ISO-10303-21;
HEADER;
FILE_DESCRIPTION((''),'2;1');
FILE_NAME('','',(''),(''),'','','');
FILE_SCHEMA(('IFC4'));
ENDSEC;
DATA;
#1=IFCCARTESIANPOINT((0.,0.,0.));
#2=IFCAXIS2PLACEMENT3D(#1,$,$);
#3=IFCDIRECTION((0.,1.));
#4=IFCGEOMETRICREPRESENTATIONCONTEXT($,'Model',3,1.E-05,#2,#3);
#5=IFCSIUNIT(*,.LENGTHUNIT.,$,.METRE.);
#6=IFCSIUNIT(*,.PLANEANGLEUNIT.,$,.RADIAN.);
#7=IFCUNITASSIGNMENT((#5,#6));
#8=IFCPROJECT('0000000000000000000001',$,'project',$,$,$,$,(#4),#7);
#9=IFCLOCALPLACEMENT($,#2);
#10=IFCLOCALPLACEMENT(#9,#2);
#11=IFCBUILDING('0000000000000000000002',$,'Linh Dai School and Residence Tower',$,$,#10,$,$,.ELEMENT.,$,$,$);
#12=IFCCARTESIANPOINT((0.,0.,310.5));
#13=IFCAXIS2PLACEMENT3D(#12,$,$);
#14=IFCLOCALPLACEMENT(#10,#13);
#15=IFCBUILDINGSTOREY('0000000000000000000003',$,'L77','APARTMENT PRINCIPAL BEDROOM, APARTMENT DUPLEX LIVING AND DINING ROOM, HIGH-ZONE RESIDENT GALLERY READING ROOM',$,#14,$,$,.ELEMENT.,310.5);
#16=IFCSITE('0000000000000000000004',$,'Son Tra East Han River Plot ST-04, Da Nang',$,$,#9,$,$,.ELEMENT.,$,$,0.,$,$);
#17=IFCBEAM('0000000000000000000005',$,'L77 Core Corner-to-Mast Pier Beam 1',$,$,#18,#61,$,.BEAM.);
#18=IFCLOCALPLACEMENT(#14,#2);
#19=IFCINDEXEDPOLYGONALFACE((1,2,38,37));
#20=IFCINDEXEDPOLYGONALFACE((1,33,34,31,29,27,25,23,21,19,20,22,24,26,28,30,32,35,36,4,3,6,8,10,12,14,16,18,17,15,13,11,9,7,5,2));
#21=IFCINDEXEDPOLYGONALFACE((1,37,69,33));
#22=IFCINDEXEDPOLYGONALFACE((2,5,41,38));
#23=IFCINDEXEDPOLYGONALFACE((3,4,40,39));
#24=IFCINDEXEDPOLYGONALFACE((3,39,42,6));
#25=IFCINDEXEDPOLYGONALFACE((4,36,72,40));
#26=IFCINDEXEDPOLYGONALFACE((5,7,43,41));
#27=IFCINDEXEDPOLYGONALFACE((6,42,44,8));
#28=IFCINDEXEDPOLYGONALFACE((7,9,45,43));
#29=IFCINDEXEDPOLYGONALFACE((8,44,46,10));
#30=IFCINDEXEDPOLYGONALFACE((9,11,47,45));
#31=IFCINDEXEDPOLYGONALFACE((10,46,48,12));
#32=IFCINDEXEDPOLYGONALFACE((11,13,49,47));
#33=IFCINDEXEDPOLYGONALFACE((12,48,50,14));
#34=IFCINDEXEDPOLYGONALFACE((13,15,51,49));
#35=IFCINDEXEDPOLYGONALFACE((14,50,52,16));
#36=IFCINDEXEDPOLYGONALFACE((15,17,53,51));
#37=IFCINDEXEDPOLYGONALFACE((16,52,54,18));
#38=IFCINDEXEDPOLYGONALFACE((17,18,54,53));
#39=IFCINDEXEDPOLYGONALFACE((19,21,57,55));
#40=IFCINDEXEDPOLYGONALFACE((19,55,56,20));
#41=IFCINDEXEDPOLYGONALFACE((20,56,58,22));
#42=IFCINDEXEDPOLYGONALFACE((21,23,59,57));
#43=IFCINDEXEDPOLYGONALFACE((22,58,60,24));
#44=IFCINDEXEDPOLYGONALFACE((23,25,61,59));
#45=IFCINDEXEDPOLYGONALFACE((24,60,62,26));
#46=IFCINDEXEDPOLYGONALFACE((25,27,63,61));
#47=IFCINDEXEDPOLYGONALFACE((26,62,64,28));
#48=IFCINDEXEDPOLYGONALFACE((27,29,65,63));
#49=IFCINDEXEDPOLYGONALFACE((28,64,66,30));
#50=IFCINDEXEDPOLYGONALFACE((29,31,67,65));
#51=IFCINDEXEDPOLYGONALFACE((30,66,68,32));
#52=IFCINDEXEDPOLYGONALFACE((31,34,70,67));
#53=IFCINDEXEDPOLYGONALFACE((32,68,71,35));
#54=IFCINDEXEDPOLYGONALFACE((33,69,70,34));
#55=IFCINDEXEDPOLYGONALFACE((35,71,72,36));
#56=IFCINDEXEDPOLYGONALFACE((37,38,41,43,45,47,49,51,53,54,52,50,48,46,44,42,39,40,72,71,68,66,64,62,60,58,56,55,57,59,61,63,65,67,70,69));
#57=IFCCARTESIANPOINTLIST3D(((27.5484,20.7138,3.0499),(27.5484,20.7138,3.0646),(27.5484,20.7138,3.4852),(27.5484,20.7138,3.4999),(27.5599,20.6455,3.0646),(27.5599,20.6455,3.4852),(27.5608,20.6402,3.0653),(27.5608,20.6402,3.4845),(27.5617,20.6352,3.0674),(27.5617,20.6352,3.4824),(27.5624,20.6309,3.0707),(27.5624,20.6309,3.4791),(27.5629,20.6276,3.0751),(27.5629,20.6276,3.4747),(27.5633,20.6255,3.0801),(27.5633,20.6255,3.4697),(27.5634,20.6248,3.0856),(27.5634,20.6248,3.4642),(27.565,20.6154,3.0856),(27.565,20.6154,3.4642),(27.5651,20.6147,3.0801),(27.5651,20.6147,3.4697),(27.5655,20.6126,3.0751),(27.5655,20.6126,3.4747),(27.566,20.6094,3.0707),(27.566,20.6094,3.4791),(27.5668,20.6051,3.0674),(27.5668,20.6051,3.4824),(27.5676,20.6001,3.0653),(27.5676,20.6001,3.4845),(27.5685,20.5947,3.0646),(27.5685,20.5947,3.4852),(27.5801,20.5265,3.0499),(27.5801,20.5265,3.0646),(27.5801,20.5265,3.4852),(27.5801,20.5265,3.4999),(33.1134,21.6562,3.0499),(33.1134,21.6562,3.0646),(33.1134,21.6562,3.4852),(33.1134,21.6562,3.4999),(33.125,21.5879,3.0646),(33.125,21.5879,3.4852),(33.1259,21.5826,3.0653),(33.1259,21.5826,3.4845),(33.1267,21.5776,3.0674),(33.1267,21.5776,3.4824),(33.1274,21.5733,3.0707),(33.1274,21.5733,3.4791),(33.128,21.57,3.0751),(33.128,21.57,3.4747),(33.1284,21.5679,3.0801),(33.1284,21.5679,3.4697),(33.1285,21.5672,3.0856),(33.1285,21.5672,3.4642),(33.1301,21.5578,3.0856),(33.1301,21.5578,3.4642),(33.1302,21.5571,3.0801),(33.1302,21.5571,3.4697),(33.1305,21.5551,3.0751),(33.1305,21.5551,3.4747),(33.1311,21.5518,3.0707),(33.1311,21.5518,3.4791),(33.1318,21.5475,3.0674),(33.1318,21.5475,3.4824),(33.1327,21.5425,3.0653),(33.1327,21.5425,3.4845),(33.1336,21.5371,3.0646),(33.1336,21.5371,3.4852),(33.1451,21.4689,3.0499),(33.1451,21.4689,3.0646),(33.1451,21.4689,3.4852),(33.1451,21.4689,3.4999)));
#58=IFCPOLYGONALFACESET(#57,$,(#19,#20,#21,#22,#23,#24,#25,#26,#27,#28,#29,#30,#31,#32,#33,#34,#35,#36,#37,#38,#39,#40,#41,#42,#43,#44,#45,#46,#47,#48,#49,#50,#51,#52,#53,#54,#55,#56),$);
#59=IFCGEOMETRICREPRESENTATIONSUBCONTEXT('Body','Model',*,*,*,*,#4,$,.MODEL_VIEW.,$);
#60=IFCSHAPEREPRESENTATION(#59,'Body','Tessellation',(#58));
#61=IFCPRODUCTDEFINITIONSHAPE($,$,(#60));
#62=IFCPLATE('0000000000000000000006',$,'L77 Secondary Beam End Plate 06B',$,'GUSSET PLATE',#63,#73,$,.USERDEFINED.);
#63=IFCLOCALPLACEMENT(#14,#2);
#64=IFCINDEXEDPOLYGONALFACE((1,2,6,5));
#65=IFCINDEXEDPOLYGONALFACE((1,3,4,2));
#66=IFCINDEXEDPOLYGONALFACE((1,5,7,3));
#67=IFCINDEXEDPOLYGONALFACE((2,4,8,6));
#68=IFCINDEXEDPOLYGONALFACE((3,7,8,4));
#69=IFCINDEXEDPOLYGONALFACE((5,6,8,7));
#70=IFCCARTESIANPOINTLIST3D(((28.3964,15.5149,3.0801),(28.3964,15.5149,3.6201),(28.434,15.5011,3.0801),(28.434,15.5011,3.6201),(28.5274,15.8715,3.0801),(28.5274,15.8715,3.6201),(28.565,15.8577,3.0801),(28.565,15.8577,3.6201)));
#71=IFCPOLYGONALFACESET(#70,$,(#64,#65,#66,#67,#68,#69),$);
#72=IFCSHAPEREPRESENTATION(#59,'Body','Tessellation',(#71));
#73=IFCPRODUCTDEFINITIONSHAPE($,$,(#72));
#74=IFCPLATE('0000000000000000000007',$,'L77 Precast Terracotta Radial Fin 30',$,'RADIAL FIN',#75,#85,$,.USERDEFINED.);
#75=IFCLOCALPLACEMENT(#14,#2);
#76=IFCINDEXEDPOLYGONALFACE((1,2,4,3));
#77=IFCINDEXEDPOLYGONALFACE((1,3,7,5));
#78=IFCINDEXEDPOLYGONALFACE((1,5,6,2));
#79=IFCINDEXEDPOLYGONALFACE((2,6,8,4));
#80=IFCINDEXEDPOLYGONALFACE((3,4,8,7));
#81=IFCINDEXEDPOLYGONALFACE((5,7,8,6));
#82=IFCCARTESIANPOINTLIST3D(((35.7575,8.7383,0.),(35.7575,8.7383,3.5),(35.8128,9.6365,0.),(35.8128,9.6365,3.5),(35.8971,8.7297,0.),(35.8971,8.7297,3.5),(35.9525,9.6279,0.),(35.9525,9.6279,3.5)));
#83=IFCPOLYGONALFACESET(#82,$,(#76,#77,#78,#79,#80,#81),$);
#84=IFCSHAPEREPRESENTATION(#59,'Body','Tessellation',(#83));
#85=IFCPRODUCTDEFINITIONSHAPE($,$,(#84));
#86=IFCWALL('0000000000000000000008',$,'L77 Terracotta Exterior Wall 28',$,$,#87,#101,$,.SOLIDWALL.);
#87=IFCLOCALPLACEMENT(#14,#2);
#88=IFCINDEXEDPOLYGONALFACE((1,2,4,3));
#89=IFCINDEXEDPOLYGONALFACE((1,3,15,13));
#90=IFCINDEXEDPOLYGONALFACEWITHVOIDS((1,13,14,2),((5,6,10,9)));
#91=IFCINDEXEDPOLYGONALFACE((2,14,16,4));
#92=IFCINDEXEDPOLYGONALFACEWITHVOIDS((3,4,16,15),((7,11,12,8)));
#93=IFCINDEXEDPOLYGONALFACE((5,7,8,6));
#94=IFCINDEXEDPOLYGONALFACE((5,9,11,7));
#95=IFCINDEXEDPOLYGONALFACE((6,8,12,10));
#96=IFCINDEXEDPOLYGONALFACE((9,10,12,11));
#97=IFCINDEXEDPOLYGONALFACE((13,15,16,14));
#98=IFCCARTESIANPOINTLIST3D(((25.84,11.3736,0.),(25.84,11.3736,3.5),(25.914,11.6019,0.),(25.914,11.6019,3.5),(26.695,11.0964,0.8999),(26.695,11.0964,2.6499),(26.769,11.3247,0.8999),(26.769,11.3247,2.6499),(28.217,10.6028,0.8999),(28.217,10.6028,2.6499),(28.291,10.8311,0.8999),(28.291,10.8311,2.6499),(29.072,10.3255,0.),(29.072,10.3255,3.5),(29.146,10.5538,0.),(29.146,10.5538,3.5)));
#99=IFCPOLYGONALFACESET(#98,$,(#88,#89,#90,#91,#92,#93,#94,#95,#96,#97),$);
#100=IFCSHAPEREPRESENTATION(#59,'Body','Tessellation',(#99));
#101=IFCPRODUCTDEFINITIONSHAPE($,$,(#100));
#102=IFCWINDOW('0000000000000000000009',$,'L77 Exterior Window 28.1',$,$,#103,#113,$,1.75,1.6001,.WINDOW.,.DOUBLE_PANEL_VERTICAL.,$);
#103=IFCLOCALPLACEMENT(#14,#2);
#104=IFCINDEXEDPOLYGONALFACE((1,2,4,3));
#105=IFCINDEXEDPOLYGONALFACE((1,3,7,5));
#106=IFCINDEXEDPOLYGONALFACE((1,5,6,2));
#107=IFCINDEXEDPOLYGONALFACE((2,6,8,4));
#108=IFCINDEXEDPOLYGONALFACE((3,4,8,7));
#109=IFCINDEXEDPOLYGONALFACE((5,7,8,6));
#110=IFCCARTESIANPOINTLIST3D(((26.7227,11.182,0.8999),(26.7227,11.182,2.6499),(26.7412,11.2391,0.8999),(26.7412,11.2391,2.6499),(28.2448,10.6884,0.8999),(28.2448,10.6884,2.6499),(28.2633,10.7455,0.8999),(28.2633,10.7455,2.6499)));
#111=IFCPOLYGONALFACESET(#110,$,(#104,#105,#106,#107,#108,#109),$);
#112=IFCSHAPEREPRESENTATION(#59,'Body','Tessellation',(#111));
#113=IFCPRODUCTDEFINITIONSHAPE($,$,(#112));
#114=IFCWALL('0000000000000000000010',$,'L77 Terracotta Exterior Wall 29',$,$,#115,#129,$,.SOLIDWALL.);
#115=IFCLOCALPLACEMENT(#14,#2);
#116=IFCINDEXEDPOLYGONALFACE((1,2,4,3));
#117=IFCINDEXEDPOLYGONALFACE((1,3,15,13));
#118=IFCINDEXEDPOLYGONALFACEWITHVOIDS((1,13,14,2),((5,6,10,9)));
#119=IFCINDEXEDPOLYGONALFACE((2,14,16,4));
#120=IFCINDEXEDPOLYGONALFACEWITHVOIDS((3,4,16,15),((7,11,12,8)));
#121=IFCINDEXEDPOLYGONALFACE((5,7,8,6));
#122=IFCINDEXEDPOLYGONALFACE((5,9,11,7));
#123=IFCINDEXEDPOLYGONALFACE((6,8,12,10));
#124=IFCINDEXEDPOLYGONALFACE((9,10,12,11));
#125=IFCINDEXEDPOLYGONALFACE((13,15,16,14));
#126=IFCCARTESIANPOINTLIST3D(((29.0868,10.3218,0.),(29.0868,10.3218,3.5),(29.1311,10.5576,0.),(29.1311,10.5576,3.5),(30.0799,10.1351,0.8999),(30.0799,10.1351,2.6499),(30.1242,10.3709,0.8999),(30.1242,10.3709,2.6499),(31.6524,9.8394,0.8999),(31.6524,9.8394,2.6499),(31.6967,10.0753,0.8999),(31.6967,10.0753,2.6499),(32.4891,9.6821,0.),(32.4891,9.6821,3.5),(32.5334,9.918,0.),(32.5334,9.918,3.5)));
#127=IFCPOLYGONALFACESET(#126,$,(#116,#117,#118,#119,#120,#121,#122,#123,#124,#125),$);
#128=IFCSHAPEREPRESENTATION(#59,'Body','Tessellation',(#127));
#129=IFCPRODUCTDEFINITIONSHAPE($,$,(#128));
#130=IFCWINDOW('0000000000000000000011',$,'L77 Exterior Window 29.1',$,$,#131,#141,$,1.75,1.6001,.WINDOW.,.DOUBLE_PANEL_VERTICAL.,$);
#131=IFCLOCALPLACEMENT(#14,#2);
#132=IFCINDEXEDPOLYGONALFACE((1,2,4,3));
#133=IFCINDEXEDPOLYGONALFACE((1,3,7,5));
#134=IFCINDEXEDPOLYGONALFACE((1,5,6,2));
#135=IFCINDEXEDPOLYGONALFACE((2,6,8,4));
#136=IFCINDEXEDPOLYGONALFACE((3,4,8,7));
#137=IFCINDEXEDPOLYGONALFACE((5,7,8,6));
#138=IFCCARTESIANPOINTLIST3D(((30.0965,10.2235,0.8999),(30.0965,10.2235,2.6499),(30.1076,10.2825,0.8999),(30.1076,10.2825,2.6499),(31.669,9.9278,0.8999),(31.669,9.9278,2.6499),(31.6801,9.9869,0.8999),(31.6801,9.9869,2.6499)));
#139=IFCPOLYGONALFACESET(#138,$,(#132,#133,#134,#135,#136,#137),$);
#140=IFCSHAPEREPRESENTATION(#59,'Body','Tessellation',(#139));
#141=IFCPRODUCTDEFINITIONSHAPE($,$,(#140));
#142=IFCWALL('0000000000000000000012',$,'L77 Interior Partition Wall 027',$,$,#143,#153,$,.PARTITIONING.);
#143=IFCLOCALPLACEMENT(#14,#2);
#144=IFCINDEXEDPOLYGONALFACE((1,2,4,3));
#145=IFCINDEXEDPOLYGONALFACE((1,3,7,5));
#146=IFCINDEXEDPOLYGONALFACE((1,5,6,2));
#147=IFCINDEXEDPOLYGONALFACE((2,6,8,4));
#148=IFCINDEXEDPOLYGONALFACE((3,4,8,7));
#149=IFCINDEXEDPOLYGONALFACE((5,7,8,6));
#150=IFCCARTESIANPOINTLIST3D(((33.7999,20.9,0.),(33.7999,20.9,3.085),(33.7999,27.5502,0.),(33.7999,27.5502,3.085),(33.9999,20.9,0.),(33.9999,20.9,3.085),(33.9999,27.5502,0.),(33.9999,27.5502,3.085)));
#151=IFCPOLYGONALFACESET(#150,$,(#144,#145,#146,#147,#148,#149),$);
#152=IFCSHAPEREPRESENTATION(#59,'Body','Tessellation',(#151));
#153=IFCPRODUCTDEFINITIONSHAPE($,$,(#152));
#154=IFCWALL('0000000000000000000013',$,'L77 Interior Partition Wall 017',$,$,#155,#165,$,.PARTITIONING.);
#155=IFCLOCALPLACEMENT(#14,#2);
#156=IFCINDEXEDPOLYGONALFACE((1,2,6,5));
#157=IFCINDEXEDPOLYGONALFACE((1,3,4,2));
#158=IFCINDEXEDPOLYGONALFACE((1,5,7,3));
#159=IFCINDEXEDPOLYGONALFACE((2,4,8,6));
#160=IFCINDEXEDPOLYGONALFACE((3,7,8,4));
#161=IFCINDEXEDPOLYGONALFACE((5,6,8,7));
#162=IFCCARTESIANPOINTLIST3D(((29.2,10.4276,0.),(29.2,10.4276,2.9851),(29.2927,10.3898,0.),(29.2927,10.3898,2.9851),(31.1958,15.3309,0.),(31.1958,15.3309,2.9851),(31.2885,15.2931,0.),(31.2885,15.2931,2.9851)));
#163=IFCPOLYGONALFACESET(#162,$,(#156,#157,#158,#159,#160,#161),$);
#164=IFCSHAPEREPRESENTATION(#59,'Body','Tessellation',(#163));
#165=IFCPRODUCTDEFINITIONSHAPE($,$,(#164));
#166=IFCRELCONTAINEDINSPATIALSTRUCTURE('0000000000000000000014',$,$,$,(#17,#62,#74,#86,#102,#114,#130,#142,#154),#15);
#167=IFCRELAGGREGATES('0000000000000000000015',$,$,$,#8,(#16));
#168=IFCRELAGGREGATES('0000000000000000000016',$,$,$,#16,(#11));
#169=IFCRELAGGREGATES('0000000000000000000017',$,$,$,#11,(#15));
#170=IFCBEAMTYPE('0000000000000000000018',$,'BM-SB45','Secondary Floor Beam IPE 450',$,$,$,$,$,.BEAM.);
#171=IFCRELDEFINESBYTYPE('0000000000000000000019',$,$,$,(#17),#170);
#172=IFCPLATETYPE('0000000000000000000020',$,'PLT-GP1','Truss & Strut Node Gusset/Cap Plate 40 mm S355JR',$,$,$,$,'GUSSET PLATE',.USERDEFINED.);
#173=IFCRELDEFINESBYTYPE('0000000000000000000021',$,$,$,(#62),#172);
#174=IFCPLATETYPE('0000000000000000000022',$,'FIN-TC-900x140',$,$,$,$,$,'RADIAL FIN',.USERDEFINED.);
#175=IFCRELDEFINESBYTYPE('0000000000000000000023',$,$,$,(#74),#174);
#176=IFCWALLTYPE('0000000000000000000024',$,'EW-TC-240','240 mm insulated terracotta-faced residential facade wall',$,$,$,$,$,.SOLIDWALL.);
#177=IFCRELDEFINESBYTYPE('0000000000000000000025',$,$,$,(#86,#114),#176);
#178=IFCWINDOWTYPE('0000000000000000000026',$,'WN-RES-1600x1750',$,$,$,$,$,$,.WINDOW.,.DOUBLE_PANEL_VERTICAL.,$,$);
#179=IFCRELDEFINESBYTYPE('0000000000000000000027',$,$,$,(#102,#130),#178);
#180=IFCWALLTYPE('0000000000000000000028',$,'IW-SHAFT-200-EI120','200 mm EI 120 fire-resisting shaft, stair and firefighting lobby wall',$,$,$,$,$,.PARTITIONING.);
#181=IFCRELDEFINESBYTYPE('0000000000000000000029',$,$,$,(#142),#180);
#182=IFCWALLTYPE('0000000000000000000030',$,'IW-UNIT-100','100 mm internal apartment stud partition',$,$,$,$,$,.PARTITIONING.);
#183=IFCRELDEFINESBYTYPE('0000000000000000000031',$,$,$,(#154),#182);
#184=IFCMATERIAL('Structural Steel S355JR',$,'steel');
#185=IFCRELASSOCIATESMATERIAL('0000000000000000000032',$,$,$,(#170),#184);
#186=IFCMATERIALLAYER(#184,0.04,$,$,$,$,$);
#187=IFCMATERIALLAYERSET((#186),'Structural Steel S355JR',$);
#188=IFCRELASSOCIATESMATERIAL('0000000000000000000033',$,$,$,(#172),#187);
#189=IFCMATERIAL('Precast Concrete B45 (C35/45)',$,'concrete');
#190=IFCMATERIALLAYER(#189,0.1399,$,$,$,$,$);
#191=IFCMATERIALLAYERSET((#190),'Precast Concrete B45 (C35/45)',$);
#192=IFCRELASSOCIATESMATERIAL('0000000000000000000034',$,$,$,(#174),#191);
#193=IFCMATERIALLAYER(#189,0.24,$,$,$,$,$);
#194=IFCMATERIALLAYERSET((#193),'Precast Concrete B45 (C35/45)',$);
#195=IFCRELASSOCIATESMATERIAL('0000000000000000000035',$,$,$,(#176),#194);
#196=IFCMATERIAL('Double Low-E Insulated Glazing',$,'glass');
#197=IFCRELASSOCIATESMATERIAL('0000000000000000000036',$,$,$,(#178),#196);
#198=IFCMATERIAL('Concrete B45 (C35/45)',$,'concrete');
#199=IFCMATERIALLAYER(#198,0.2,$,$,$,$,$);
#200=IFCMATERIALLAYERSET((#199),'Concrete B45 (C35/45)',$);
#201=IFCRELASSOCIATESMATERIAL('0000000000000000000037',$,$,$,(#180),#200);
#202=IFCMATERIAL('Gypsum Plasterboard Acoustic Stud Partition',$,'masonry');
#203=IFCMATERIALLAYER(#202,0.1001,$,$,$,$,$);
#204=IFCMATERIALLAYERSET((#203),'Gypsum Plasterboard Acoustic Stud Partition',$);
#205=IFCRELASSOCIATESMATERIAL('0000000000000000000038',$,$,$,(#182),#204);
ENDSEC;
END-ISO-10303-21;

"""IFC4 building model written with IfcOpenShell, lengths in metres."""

from ifc_helpers import new_model, si_unit, direction, frame, frame_2d, origin, origin_2d, place, context, subcontext, project, spatial, rectangle, i_section, extrude, source, transform, mapped, material, layer, layer_set, material_profile, profile_set, type_object, element, fill, save


model = new_model("IFC4")

# Units and contexts
model_context = context("Model", 3, precision=1e-05, world=origin(), true_north=direction((0.0, 1.0)))
body_context = subcontext(model_context, "Body", "Model", "MODEL_VIEW")
ifc_project = project(units=[si_unit("LENGTHUNIT", "METRE"), si_unit("PLANEANGLEUNIT", "RADIAN")], contexts=[model_context])

# Site, building, storey
site_placement = place(None, origin())
site = spatial("IfcSite", under=ifc_project, at=site_placement, Name="Son Tra East Han River Plot ST-04, Da Nang", CompositionType="ELEMENT", RefElevation=0.0)
building_placement = place(site_placement, origin())
building = spatial("IfcBuilding", under=site, at=building_placement, Name="Linh Dai School and Residence Tower", CompositionType="ELEMENT")
storey_placement = place(building_placement, frame((0.0, 0.0, 310.5)))
storey = spatial("IfcBuildingStorey", under=building, at=storey_placement, Name="L77", Description="APARTMENT PRINCIPAL BEDROOM, APARTMENT DUPLEX LIVING AND DINING ROOM, HIGH-ZONE RESIDENT GALLERY READING ROOM", CompositionType="ELEMENT", Elevation=310.5)

# Shared definitions
ifc_material_1 = material(Name="Structural Steel S355JR", Category="steel")

# Beam
ifc_material_profile_1 = material_profile(ifc_material_1, i_section(OverallWidth=0.1899, OverallDepth=0.45, WebThickness=0.0095, FlangeThickness=0.0146, FilletRadius=0.021, at=origin_2d()), Name="IPE 450")
ifc_profile_set_1 = profile_set([ifc_material_profile_1], Name="Structural Steel S355JR")
beam_type_1 = type_object("IfcBeamType", Name="BM-SB45", Description="Secondary Floor Beam IPE 450", PredefinedType="BEAM", material=ifc_profile_set_1)
beam_1_placement = place(storey_placement, frame((27.5642, 20.6201, 3.2749), z_axis=(0.985963, 0.166966, 0.0), x_axis=(-0.166966, 0.985963, 0.0)))
element("IfcBeam", 1, at=beam_1_placement, inside=storey, type_object=beam_type_1, Name="L77 Core Corner-to-Mast Pier Beam 1", PredefinedType="BEAM", context=body_context, shape_type="SweptSolid", body=[
    extrude(i_section(OverallWidth=0.1899, OverallDepth=0.45, WebThickness=0.0095, FlangeThickness=0.0146, FilletRadius=0.021, at=origin_2d()), origin(), (0.0, 0.0, 1.0), 5.6443),
])

# Plates
ifc_layer_1 = layer(ifc_material_1, 0.04)
ifc_layer_set_1 = layer_set([ifc_layer_1], Name="Structural Steel S355JR")
plate_type_1 = type_object("IfcPlateType", Name="PLT-GP1", Description="Truss & Strut Node Gusset/Cap Plate 40 mm S355JR", ElementType="GUSSET PLATE", PredefinedType="USERDEFINED", material=ifc_layer_set_1)
shared_shape_1 = source(origin(), body_context, "Body", "SweptSolid", [
    extrude(rectangle(XDim=0.04, YDim=0.3799, at=origin_2d()), origin(), (0.0, 0.0, 1.0), 0.54),
])
plate_1_placement = place(storey_placement, frame((28.4807, 15.6863, 3.0801), z_axis=(0.0, 0.0, 1.0), x_axis=(0.938695, -0.344748, 0.0)))
element("IfcPlate", 2, at=plate_1_placement, inside=storey, type_object=plate_type_1, Name="L77 Secondary Beam End Plate 06B", ObjectType="GUSSET PLATE", PredefinedType="USERDEFINED", context=body_context, shape_type="MappedRepresentation", body=[
    mapped(shared_shape_1, transform((0.0, 0.0, 0.0), x_axis=(1.0, 0.0, 0.0), y_axis=(0.0, 1.0, 0.0), z_axis=(0.0, 0.0, 1.0), scale=1.0)),
])
ifc_material_2 = material(Name="Precast Concrete B45 (C35/45)", Category="concrete")
ifc_layer_2 = layer(ifc_material_2, 0.1399)
ifc_layer_set_2 = layer_set([ifc_layer_2], Name="Precast Concrete B45 (C35/45)")
plate_type_2 = type_object("IfcPlateType", Name="FIN-TC-900x140", ElementType="RADIAL FIN", PredefinedType="USERDEFINED", material=ifc_layer_set_2)
shared_shape_2 = source(origin(), body_context, "Body", "SweptSolid", [
    extrude(rectangle(XDim=0.8999, YDim=0.1399, at=origin_2d()), origin(), (0.0, 0.0, 1.0), 3.5),
])
plate_2_placement = place(storey_placement, frame((35.855, 9.1831, 0.0), z_axis=(0.0, 0.0, 1.0), x_axis=(-0.06151, -0.998106, 0.0)))
element("IfcPlate", 3, at=plate_2_placement, inside=storey, type_object=plate_type_2, Name="L77 Precast Terracotta Radial Fin 30", ObjectType="RADIAL FIN", PredefinedType="USERDEFINED", context=body_context, shape_type="MappedRepresentation", body=[
    mapped(shared_shape_2, transform((0.0, 0.0, 0.0), x_axis=(1.0, 0.0, 0.0), y_axis=(0.0, 1.0, 0.0), z_axis=(0.0, 0.0, 1.0), scale=1.0)),
])

# Walls, openings, windows
ifc_layer_3 = layer(ifc_material_2, 0.24)
ifc_layer_set_3 = layer_set([ifc_layer_3], Name="Precast Concrete B45 (C35/45)")
wall_type_1 = type_object("IfcWallType", Name="EW-TC-240", Description="240 mm insulated terracotta-faced residential facade wall", PredefinedType="SOLIDWALL", material=ifc_layer_set_3)
wall_1_placement = place(storey_placement, frame((29.1089, 10.4397, 0.0), z_axis=(0.0, 0.0, 1.0), x_axis=(-0.951231, 0.308478, 0.0)))
wall_1 = element("IfcWall", 4, at=wall_1_placement, inside=storey, type_object=wall_type_1, Name="L77 Terracotta Exterior Wall 28", PredefinedType="SOLIDWALL", context=body_context, shape_type="SweptSolid", body=[
    extrude(rectangle(XDim=3.3977, YDim=0.24, at=frame_2d((1.6987, 0.0))), origin(), (0.0, 0.0, 1.0), 3.5),
])
opening_1_placement = place(wall_1_placement, frame((0.8987, 0.0, 0.8999)))
opening_1 = element("IfcOpeningElement", 5, at=opening_1_placement, cuts=wall_1, PredefinedType="OPENING", context=body_context, shape_type="SweptSolid", body=[
    extrude(rectangle(XDim=1.6001, YDim=1.75, at=origin_2d()), frame((0.8, 0.1299, 0.875), z_axis=(0.0, -1.0, 0.0), x_axis=(1.0, 0.0, 0.0)), (0.0, 0.0, 1.0), 0.26),
])
ifc_material_3 = material(Name="Double Low-E Insulated Glazing", Category="glass")
window_type = type_object("IfcWindowType", Name="WN-RES-1600x1750", PartitioningType="DOUBLE_PANEL_VERTICAL", PredefinedType="WINDOW", material=ifc_material_3)
shared_shape_3 = source(origin(), body_context, "Body", "SweptSolid", [
    extrude(rectangle(XDim=1.6001, YDim=1.75, at=origin_2d()), frame((0.8, 0.03, 0.875), z_axis=(0.0, -1.0, 0.0), x_axis=(1.0, 0.0, 0.0)), (0.0, 0.0, 1.0), 0.0601),
])
window_1_placement = place(opening_1_placement, origin())
window_1 = element("IfcWindow", 6, at=window_1_placement, inside=storey, type_object=window_type, Name="L77 Exterior Window 28.1", OverallHeight=1.75, OverallWidth=1.6001, PartitioningType="DOUBLE_PANEL_VERTICAL", PredefinedType="WINDOW", context=body_context, shape_type="MappedRepresentation", body=[
    mapped(shared_shape_3, transform((0.0, 0.0, 0.0), x_axis=(1.0, 0.0, 0.0), y_axis=(0.0, 1.0, 0.0), z_axis=(0.0, 0.0, 1.0), scale=1.0)),
])
fill(opening_1, window_1)
wall_2_placement = place(storey_placement, frame((32.5112, 9.8, 0.0), z_axis=(0.0, 0.0, 1.0), x_axis=(-0.982783, 0.184765, 0.0)))
wall_2 = element("IfcWall", 7, at=wall_2_placement, inside=storey, type_object=wall_type_1, Name="L77 Terracotta Exterior Wall 29", PredefinedType="SOLIDWALL", context=body_context, shape_type="SweptSolid", body=[
    extrude(rectangle(XDim=3.4619, YDim=0.24, at=frame_2d((1.731, 0.0))), origin(), (0.0, 0.0, 1.0), 3.5),
])
opening_2_placement = place(wall_2_placement, frame((0.8513, 0.0, 0.8999)))
opening_2 = element("IfcOpeningElement", 8, at=opening_2_placement, cuts=wall_2, PredefinedType="OPENING", context=body_context, shape_type="SweptSolid", body=[
    extrude(rectangle(XDim=1.6001, YDim=1.75, at=origin_2d()), frame((0.8, 0.1299, 0.875), z_axis=(0.0, -1.0, 0.0), x_axis=(1.0, 0.0, 0.0)), (0.0, 0.0, 1.0), 0.26),
])
window_2_placement = place(opening_2_placement, origin())
window_2 = element("IfcWindow", 9, at=window_2_placement, inside=storey, type_object=window_type, Name="L77 Exterior Window 29.1", OverallHeight=1.75, OverallWidth=1.6001, PartitioningType="DOUBLE_PANEL_VERTICAL", PredefinedType="WINDOW", context=body_context, shape_type="MappedRepresentation", body=[
    mapped(shared_shape_3, transform((0.0, 0.0, 0.0), x_axis=(1.0, 0.0, 0.0), y_axis=(0.0, 1.0, 0.0), z_axis=(0.0, 0.0, 1.0), scale=1.0)),
])
fill(opening_2, window_2)

# Walls
ifc_material_4 = material(Name="Concrete B45 (C35/45)", Category="concrete")
ifc_layer_4 = layer(ifc_material_4, 0.2)
ifc_layer_set_4 = layer_set([ifc_layer_4], Name="Concrete B45 (C35/45)")
wall_type_2 = type_object("IfcWallType", Name="IW-SHAFT-200-EI120", Description="200 mm EI 120 fire-resisting shaft, stair and firefighting lobby wall", PredefinedType="PARTITIONING", material=ifc_layer_set_4)
wall_3_placement = place(storey_placement, frame((33.8999, 20.8999, 0.0), z_axis=(0.0, 0.0, 1.0), x_axis=(0.0, 1.0, 0.0)))
element("IfcWall", 10, at=wall_3_placement, inside=storey, type_object=wall_type_2, Name="L77 Interior Partition Wall 027", PredefinedType="PARTITIONING", context=body_context, shape_type="SweptSolid", body=[
    extrude(rectangle(XDim=6.6501, YDim=0.2, at=frame_2d((3.3252, 0.0))), origin(), (0.0, 0.0, 1.0), 3.085),
])
ifc_material_5 = material(Name="Gypsum Plasterboard Acoustic Stud Partition", Category="masonry")
ifc_layer_5 = layer(ifc_material_5, 0.1001)
ifc_layer_set_5 = layer_set([ifc_layer_5], Name="Gypsum Plasterboard Acoustic Stud Partition")
wall_type_3 = type_object("IfcWallType", Name="IW-UNIT-100", Description="100 mm internal apartment stud partition", PredefinedType="PARTITIONING", material=ifc_layer_set_5)
wall_4_placement = place(storey_placement, frame((29.2463, 10.4087, 0.0), z_axis=(0.0, 0.0, 1.0), x_axis=(0.377005, 0.926211, 0.0)))
element("IfcWall", 11, at=wall_4_placement, inside=storey, type_object=wall_type_3, Name="L77 Interior Partition Wall 017", PredefinedType="PARTITIONING", context=body_context, shape_type="SweptSolid", body=[
    extrude(rectangle(XDim=5.2939, YDim=0.1001, at=frame_2d((2.647, 0.0))), origin(), (0.0, 0.0, 1.0), 2.9851),
])

save(model, "model.ifc")
